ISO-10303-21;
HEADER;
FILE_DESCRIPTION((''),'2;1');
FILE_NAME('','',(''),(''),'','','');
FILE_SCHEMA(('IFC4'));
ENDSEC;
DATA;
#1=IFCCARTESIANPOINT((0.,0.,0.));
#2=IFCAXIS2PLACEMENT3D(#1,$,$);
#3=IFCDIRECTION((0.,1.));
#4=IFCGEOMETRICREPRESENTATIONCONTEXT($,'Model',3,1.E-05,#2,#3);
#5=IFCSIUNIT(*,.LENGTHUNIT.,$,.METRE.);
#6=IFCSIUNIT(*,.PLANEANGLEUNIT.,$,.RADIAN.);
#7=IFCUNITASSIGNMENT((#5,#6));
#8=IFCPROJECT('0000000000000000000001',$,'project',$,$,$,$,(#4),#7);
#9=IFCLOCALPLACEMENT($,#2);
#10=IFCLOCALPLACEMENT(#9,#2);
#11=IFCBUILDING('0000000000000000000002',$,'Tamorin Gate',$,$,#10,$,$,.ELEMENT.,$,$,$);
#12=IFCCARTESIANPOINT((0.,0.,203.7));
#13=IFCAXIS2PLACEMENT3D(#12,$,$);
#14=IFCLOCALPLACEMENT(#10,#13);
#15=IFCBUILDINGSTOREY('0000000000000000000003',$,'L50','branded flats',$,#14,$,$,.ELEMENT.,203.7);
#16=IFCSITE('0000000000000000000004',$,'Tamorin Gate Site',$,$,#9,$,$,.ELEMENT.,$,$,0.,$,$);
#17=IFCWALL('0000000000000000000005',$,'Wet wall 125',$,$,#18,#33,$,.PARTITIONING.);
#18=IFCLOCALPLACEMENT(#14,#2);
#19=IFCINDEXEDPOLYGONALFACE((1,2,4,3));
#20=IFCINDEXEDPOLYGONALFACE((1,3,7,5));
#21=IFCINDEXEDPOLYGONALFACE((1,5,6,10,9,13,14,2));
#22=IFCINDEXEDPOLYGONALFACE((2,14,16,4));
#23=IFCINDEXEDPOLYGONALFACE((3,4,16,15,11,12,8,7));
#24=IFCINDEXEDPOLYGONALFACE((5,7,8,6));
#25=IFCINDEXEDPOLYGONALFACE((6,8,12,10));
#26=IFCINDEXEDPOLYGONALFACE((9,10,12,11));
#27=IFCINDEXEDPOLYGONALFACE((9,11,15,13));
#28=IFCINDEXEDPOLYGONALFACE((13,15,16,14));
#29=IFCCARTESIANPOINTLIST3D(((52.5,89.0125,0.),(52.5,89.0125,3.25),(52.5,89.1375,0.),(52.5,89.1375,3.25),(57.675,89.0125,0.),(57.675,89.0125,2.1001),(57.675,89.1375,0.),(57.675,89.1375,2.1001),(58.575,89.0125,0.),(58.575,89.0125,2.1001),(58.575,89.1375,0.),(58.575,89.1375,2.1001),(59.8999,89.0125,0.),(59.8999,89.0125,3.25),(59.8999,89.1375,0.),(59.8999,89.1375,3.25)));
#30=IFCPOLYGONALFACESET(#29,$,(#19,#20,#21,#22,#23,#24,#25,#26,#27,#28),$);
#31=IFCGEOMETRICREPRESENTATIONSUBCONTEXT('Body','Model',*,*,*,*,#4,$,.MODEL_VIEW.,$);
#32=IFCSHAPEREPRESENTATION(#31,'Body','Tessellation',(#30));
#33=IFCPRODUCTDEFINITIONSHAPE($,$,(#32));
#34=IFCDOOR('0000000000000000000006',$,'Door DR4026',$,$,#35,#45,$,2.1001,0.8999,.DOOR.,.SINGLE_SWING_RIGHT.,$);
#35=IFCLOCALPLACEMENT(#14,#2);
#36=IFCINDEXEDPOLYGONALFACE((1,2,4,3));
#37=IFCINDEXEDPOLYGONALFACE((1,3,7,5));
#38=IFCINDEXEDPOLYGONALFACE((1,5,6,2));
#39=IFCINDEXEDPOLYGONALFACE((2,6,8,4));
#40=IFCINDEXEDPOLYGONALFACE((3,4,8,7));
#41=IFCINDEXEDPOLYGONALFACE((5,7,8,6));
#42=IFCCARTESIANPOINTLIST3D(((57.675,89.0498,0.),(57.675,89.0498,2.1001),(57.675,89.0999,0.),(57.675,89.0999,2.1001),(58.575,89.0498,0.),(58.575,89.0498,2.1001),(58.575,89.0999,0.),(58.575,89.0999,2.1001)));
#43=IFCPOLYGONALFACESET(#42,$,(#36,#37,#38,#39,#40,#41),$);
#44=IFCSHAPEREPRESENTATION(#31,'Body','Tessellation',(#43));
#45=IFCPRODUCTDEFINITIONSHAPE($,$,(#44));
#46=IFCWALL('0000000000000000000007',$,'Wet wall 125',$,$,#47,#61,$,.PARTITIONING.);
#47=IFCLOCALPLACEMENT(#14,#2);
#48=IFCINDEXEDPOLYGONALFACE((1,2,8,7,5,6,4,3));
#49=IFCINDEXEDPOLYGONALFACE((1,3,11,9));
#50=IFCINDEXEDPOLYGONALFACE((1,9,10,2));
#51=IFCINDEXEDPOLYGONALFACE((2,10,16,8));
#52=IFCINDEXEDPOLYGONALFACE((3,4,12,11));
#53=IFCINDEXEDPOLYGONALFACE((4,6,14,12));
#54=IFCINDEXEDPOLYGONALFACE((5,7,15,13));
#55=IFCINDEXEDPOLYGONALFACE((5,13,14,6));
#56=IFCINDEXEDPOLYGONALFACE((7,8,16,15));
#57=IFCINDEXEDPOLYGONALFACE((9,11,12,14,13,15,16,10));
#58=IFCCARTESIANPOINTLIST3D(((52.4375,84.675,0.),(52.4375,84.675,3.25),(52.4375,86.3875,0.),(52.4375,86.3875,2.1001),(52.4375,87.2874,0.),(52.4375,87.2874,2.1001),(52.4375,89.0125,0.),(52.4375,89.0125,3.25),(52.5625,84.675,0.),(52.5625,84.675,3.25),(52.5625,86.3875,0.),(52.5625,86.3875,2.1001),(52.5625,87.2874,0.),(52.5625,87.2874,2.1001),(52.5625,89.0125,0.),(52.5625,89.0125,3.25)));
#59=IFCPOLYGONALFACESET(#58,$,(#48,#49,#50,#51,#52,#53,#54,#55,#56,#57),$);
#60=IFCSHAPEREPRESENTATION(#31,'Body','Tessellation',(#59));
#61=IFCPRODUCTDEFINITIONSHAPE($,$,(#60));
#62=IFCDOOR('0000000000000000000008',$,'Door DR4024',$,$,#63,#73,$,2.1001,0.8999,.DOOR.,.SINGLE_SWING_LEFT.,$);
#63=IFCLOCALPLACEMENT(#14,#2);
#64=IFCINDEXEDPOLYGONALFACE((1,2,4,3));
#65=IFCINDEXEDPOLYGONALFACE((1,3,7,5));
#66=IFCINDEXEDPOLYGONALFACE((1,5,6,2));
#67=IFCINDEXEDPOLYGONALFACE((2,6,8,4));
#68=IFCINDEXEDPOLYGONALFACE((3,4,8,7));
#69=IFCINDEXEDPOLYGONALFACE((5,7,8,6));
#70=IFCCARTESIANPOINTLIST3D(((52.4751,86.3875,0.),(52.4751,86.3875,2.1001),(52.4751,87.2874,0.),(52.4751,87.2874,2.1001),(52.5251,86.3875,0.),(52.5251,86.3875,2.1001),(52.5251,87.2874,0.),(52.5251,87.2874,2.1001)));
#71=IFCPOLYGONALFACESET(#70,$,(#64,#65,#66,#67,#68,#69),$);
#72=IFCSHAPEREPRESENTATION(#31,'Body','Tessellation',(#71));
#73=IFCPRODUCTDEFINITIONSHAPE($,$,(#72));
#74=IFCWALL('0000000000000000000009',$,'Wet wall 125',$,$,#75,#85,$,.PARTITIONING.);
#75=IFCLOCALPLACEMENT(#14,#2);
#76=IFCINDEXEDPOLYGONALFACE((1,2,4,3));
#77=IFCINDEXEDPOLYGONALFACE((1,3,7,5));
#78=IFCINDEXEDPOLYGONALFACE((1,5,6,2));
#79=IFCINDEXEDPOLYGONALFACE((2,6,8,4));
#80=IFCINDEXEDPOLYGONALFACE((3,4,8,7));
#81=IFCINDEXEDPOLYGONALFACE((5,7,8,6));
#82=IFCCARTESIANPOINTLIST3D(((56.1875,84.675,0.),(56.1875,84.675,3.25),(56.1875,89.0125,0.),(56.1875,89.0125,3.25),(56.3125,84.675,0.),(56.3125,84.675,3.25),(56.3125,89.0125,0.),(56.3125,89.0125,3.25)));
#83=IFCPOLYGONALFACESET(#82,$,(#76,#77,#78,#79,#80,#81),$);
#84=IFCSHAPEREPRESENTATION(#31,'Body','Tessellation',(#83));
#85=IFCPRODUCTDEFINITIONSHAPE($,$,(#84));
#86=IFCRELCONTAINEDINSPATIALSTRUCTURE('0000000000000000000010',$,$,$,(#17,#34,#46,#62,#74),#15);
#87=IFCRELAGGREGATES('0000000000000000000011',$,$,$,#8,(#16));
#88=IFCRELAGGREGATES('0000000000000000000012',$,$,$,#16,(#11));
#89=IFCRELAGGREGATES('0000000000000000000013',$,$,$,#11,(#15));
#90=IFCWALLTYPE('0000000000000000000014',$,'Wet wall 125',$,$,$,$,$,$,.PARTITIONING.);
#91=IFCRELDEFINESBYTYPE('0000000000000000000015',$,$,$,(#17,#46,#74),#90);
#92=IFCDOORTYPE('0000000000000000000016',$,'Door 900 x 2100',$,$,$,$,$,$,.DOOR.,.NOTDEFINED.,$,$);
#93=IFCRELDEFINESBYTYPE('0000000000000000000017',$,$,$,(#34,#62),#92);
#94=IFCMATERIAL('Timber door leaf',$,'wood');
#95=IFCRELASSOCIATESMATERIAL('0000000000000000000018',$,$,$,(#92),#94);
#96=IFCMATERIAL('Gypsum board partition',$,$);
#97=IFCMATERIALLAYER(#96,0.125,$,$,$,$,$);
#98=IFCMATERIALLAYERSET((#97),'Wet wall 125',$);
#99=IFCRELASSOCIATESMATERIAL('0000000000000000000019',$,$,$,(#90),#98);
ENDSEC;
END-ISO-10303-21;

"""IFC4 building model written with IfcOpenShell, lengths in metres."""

from ifc_helpers import new_model, si_unit, direction, frame, frame_2d, origin, place, context, subcontext, project, spatial, rectangle, extrude, material, layer, layer_set, type_object, element, fill, save


model = new_model("IFC4")

# Units and contexts
model_context = context("Model", 3, precision=1e-05, world=origin(), true_north=direction((0.0, 1.0)))
body_context = subcontext(model_context, "Body", "Model", "MODEL_VIEW")
ifc_project = project(units=[si_unit("LENGTHUNIT", "METRE"), si_unit("PLANEANGLEUNIT", "RADIAN")], contexts=[model_context])

# Site, building, storey
site_placement = place(None, origin())
site = spatial("IfcSite", under=ifc_project, at=site_placement, Name="Tamorin Gate Site", CompositionType="ELEMENT", RefElevation=0.0)
building_placement = place(site_placement, origin())
building = spatial("IfcBuilding", under=site, at=building_placement, Name="Tamorin Gate", CompositionType="ELEMENT")
storey_placement = place(building_placement, frame((0.0, 0.0, 203.7)))
storey = spatial("IfcBuildingStorey", under=building, at=storey_placement, Name="L50", Description="branded flats", CompositionType="ELEMENT", Elevation=203.7)

# Shared definitions
ifc_material_1 = material(Name="Gypsum board partition")

# Shared definitions
ifc_material_2 = material(Name="Timber door leaf", Category="wood")
door_type = type_object("IfcDoorType", Name="Door 900 x 2100", OperationType="NOTDEFINED", PredefinedType="DOOR", material=ifc_material_2)

# Walls, openings, doors
ifc_layer_1 = layer(ifc_material_1, 0.125)
ifc_layer_set_1 = layer_set([ifc_layer_1], Name="Wet wall 125")
wall_type_1 = type_object("IfcWallType", Name="Wet wall 125", PredefinedType="PARTITIONING", material=ifc_layer_set_1)
wall_1_placement = place(storey_placement, frame((52.5, 89.075, 0.0), z_axis=(0.0, 0.0, 1.0), x_axis=(1.0, 0.0, 0.0)))
wall_1 = element("IfcWall", 1, at=wall_1_placement, inside=storey, type_object=wall_type_1, Name="Wet wall 125", PredefinedType="PARTITIONING", context=body_context, shape_type="SweptSolid", body=[
    extrude(rectangle(XDim=7.3999, YDim=0.125, at=frame_2d((3.7, 0.0))), origin(), (0.0, 0.0, 1.0), 3.25),
])
opening_1_placement = place(wall_1_placement, frame((5.175, 0.0, 0.0)))
opening_1 = element("IfcOpeningElement", 2, at=opening_1_placement, cuts=wall_1, PredefinedType="OPENING", context=body_context, shape_type="SweptSolid", body=[
    extrude(rectangle(XDim=0.8999, YDim=2.1001, at=frame_2d((0.45, 1.05))), frame((0.0, 0.0725, 0.0), z_axis=(0.0, -1.0, 0.0), x_axis=(1.0, 0.0, 0.0)), (0.0, 0.0, 1.0), 0.145),
])
door_1_placement = place(opening_1_placement, origin())
door_1 = element("IfcDoor", 3, at=door_1_placement, inside=storey, type_object=door_type, Name="Door DR4026", OperationType="SINGLE_SWING_RIGHT", OverallHeight=2.1001, OverallWidth=0.8999, PredefinedType="DOOR", context=body_context, shape_type="SweptSolid", body=[
    extrude(rectangle(XDim=0.8999, YDim=2.1001, at=frame_2d((0.45, 1.05))), frame((0.0, 0.0249, 0.0), z_axis=(0.0, -1.0, 0.0), x_axis=(1.0, 0.0, 0.0)), (0.0, 0.0, 1.0), 0.05),
])
fill(opening_1, door_1)
wall_2_placement = place(storey_placement, frame((52.5, 84.675, 0.0), z_axis=(0.0, 0.0, 1.0), x_axis=(0.0, 1.0, 0.0)))
wall_2 = element("IfcWall", 4, at=wall_2_placement, inside=storey, type_object=wall_type_1, Name="Wet wall 125", PredefinedType="PARTITIONING", context=body_context, shape_type="SweptSolid", body=[
    extrude(rectangle(XDim=4.3374, YDim=0.125, at=frame_2d((2.1687, 0.0))), origin(), (0.0, 0.0, 1.0), 3.25),
])
opening_2_placement = place(wall_2_placement, frame((1.7124, 0.0, 0.0)))
opening_2 = element("IfcOpeningElement", 5, at=opening_2_placement, cuts=wall_2, PredefinedType="OPENING", context=body_context, shape_type="SweptSolid", body=[
    extrude(rectangle(XDim=0.8999, YDim=2.1001, at=frame_2d((0.45, 1.05))), frame((0.0, 0.0725, 0.0), z_axis=(0.0, -1.0, 0.0), x_axis=(1.0, 0.0, 0.0)), (0.0, 0.0, 1.0), 0.145),
])
door_2_placement = place(opening_2_placement, origin())
door_2 = element("IfcDoor", 6, at=door_2_placement, inside=storey, type_object=door_type, Name="Door DR4024", OperationType="SINGLE_SWING_LEFT", OverallHeight=2.1001, OverallWidth=0.8999, PredefinedType="DOOR", context=body_context, shape_type="SweptSolid", body=[
    extrude(rectangle(XDim=0.8999, YDim=2.1001, at=frame_2d((0.45, 1.05))), frame((0.0, 0.0249, 0.0), z_axis=(0.0, -1.0, 0.0), x_axis=(1.0, 0.0, 0.0)), (0.0, 0.0, 1.0), 0.05),
])
fill(opening_2, door_2)

# Wall
wall_3_placement = place(storey_placement, frame((56.25, 84.675, 0.0), z_axis=(0.0, 0.0, 1.0), x_axis=(0.0, 1.0, 0.0)))
element("IfcWall", 7, at=wall_3_placement, inside=storey, type_object=wall_type_1, Name="Wet wall 125", PredefinedType="PARTITIONING", context=body_context, shape_type="SweptSolid", body=[
    extrude(rectangle(XDim=4.3374, YDim=0.125, at=frame_2d((2.1687, 0.0))), origin(), (0.0, 0.0, 1.0), 3.25),
])

save(model, "model.ifc")
